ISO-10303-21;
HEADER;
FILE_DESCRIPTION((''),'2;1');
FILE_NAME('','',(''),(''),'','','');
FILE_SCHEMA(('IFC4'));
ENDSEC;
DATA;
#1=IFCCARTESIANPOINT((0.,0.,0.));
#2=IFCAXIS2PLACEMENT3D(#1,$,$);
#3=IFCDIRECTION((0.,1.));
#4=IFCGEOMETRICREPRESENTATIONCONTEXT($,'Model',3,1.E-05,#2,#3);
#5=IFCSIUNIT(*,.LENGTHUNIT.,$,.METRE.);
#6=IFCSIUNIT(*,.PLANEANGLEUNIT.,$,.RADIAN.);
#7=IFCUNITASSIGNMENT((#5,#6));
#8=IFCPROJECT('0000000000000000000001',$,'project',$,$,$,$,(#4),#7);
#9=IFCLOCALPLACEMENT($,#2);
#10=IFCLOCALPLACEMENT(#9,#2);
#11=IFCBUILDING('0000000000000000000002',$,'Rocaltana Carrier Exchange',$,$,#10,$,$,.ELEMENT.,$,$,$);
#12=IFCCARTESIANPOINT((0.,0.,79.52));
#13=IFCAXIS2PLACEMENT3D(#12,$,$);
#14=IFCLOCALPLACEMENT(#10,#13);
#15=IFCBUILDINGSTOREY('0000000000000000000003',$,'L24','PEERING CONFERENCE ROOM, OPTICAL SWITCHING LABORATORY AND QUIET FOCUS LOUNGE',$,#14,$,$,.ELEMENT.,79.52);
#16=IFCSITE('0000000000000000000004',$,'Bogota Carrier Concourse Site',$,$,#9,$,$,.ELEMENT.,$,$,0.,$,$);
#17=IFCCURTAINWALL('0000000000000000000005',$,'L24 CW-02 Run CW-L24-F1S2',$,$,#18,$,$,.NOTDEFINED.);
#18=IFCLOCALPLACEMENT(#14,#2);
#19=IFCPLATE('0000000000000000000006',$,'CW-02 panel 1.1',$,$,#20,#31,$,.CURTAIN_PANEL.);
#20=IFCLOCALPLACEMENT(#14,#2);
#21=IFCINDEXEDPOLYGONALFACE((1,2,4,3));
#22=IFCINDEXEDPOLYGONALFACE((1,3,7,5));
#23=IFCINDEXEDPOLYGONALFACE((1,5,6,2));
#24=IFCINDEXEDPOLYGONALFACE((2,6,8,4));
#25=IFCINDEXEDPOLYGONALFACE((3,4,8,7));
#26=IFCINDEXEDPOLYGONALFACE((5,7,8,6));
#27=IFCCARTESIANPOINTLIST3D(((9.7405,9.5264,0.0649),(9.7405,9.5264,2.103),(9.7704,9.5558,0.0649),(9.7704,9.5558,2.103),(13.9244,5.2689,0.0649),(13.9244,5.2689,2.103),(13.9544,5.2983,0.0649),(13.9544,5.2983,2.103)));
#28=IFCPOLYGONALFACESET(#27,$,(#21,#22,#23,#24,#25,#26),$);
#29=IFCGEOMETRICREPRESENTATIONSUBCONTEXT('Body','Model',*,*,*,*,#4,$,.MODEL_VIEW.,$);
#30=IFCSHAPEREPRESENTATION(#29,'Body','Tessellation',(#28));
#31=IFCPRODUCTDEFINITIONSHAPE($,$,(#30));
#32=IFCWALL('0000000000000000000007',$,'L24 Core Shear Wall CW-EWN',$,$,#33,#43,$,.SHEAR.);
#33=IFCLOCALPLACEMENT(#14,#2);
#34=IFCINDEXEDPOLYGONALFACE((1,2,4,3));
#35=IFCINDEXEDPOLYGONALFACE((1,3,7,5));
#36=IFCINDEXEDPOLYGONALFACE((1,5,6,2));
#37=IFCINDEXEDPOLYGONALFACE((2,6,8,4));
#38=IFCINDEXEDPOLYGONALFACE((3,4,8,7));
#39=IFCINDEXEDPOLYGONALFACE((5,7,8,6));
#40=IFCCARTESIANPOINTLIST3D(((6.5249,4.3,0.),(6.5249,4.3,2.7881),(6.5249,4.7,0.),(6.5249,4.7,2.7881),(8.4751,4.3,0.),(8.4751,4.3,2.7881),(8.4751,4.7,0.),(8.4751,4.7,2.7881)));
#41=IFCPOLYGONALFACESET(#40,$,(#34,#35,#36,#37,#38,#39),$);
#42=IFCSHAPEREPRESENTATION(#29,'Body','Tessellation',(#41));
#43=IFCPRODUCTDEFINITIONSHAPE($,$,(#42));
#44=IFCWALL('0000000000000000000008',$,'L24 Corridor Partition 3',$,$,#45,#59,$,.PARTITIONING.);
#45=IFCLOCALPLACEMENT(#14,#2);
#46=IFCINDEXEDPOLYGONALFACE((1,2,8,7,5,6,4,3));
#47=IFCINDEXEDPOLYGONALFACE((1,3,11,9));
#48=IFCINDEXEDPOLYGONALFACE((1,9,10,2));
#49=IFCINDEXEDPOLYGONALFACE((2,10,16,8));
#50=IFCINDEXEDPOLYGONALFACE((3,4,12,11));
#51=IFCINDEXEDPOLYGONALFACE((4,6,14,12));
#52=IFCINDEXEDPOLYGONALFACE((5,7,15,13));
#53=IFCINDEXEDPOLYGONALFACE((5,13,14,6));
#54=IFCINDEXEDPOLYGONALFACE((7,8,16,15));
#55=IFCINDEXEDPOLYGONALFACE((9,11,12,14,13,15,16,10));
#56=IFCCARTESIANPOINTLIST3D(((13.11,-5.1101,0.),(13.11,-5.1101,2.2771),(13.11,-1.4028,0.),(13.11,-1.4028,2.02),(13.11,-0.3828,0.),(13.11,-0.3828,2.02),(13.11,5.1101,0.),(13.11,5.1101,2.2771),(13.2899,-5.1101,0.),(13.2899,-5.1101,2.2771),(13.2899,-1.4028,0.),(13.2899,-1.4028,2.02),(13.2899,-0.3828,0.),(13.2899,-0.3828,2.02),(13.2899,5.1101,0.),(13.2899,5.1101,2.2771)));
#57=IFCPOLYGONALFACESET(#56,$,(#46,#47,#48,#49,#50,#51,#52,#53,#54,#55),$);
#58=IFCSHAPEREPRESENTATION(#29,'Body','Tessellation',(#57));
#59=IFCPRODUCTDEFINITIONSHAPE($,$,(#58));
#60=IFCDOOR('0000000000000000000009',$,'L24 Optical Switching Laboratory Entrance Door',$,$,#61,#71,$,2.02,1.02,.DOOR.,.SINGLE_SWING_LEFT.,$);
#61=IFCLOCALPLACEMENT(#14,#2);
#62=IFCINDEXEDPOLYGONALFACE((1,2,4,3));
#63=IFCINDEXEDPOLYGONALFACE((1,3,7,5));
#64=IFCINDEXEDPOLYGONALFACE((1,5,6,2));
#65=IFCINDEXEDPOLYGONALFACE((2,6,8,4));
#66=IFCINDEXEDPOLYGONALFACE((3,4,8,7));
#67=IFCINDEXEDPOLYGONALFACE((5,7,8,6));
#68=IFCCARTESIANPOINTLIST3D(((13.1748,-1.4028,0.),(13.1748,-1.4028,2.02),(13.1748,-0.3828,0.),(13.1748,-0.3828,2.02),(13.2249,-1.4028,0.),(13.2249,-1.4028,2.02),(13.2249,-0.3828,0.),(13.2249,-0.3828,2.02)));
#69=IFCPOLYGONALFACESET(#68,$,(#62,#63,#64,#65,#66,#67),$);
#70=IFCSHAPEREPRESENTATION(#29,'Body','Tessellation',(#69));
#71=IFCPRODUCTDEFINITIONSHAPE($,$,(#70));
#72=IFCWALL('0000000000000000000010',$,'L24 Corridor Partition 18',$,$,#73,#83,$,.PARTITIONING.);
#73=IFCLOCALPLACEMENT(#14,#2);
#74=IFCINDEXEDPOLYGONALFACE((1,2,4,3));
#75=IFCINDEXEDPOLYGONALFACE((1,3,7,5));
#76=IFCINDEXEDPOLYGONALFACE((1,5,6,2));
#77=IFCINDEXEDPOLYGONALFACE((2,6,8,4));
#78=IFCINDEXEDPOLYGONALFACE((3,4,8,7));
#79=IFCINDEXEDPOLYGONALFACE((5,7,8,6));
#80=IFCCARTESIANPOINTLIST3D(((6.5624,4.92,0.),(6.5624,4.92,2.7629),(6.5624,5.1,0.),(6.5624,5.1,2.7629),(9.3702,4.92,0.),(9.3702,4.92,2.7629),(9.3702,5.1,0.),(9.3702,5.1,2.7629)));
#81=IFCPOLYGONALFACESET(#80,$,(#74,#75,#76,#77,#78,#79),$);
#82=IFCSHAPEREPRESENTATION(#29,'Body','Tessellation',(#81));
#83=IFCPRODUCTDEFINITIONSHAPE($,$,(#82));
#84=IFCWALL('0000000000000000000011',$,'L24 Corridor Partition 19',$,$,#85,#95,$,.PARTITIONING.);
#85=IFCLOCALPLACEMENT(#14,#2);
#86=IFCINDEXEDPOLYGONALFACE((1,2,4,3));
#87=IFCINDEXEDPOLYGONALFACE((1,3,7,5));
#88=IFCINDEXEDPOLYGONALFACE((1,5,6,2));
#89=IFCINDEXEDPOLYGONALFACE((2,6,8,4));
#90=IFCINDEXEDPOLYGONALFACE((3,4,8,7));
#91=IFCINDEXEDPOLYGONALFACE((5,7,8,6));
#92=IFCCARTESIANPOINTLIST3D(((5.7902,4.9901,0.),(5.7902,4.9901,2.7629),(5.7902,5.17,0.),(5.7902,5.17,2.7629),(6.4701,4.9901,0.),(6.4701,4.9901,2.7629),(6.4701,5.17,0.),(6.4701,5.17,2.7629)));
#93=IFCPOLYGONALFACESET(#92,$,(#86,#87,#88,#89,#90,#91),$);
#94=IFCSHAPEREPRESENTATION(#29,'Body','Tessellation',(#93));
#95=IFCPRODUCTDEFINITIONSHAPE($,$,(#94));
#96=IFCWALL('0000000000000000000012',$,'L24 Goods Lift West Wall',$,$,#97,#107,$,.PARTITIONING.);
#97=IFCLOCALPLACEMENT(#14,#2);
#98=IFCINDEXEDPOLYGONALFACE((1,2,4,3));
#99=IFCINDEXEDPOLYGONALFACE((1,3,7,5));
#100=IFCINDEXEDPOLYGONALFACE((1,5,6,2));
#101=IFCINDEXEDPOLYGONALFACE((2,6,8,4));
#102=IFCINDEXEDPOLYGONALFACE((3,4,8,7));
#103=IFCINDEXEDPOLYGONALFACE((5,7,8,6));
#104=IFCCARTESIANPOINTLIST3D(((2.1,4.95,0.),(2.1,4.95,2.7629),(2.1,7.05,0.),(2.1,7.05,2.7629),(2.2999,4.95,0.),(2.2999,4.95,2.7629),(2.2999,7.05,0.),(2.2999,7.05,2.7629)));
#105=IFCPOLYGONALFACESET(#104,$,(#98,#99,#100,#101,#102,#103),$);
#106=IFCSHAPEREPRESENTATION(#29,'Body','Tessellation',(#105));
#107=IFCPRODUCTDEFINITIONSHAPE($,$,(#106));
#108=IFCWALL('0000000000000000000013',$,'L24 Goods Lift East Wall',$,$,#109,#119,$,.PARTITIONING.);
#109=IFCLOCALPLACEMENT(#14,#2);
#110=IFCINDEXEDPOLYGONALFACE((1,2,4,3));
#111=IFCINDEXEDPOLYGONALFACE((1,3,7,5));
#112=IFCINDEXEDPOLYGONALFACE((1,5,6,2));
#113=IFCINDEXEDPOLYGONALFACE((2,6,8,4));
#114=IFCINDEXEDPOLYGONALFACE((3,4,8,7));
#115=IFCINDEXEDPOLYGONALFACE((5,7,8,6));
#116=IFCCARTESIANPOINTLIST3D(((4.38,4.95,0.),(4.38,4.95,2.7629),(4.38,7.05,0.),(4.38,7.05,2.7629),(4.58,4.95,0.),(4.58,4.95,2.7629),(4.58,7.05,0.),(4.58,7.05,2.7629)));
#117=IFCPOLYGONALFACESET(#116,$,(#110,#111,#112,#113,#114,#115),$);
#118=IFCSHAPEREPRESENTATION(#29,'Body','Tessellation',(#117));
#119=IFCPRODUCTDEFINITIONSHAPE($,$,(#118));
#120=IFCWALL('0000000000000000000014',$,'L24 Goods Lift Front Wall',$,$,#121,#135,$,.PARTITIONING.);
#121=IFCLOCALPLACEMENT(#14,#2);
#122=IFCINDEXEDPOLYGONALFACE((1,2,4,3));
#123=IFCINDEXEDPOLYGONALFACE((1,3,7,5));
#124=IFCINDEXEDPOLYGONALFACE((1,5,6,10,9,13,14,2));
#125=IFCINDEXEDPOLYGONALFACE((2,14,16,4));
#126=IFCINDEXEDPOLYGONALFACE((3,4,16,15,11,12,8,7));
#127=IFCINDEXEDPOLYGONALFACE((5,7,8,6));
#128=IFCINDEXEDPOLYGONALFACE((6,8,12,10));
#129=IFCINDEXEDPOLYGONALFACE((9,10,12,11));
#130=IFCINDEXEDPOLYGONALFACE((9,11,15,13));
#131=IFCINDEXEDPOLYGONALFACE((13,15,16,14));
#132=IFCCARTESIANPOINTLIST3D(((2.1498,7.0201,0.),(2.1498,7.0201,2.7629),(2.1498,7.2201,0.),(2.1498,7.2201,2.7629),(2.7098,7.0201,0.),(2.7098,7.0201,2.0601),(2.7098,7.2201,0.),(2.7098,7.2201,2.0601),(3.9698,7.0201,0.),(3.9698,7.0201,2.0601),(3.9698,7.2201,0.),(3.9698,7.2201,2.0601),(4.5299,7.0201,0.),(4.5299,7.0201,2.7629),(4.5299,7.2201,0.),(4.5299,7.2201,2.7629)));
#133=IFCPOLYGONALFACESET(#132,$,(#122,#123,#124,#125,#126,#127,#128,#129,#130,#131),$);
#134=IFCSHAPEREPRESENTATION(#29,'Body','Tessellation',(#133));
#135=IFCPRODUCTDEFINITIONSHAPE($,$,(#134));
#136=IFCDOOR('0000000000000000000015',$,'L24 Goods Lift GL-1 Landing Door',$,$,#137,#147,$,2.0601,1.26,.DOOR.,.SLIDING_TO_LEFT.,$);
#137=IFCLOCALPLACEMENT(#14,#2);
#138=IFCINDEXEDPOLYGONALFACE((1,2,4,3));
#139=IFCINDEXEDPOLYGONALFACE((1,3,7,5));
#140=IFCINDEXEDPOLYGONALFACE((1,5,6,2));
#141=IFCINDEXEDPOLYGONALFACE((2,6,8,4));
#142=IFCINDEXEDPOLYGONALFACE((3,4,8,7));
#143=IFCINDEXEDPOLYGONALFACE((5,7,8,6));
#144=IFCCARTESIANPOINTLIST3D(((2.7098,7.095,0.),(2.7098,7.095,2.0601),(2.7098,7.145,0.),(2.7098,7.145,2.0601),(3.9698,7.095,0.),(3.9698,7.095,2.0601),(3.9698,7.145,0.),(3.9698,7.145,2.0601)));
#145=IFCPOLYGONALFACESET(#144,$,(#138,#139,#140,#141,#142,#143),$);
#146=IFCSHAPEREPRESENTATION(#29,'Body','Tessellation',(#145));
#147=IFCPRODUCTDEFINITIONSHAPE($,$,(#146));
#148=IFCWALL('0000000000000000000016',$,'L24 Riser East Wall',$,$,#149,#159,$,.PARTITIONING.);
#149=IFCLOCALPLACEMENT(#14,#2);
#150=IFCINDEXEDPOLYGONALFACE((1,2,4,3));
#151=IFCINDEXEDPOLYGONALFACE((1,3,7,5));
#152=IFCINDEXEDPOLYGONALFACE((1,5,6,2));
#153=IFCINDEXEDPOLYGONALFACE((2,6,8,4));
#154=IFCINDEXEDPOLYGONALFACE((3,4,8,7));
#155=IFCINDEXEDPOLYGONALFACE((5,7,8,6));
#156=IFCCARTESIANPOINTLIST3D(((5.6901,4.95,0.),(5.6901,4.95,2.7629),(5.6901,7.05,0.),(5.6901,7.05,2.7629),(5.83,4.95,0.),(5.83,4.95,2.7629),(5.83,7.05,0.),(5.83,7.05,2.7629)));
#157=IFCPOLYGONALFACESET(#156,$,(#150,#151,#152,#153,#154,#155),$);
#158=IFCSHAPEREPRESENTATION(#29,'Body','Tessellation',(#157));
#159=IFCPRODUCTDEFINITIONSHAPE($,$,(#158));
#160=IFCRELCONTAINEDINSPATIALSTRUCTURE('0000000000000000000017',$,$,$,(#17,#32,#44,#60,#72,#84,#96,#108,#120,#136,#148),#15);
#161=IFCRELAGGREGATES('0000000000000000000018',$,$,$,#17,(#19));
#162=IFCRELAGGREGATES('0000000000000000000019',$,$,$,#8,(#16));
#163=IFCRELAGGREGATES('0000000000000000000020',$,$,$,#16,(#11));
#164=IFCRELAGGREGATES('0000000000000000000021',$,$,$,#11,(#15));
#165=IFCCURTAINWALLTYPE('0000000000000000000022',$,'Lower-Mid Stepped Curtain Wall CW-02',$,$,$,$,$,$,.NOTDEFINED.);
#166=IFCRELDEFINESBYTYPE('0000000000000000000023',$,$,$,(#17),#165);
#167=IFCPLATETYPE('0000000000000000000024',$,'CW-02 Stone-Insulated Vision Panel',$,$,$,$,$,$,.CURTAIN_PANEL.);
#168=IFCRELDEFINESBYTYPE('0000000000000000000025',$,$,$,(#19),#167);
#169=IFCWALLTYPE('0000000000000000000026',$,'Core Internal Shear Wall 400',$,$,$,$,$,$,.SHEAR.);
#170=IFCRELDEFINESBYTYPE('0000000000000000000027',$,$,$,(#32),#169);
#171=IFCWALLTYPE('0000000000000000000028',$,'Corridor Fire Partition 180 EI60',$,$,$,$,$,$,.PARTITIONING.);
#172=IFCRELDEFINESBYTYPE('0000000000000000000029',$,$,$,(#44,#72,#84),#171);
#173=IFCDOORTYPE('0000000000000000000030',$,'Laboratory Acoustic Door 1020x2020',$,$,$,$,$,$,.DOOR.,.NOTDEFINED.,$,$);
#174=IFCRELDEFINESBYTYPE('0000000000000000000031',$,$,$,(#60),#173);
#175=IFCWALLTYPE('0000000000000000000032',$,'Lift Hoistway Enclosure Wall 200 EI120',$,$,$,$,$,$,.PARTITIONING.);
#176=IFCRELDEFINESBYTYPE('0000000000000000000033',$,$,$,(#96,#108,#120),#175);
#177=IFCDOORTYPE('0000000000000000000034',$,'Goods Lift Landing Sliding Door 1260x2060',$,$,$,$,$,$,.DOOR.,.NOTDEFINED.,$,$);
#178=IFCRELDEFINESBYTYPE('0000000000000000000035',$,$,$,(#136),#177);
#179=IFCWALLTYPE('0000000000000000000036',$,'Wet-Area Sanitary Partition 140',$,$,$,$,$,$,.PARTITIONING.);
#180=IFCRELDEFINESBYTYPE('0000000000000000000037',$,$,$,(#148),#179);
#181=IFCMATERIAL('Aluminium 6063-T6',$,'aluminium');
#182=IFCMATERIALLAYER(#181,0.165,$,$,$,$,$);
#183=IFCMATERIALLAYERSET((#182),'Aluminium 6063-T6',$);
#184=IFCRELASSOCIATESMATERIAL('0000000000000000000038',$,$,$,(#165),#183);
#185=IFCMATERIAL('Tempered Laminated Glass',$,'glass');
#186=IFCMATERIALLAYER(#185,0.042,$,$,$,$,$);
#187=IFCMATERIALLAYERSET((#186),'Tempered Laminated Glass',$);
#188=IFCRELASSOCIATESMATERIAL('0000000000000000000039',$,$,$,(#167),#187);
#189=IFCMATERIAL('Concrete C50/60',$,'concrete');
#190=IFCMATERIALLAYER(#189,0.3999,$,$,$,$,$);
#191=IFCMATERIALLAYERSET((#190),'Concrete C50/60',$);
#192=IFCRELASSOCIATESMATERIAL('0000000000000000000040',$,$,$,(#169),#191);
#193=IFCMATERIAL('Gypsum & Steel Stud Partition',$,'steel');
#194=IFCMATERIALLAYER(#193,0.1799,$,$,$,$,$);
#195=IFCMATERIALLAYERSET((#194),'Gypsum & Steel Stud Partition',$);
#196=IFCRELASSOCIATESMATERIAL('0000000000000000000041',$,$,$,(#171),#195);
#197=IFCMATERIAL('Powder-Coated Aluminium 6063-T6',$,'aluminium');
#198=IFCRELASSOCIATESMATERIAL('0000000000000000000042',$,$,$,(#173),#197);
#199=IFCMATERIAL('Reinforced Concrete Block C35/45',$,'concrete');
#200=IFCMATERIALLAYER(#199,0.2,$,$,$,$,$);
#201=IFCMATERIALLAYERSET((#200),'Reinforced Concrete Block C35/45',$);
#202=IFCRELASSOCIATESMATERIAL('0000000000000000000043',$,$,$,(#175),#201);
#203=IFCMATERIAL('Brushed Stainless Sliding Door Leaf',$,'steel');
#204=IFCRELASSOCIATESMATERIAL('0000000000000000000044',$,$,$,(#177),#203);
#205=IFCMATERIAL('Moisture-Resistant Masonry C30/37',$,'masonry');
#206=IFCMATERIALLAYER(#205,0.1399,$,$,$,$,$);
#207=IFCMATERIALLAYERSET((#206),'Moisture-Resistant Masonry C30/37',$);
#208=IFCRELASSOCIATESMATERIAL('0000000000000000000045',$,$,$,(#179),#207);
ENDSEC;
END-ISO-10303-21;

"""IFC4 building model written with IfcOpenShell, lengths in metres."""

from ifc_helpers import new_model, si_unit, direction, frame, frame_2d, origin, origin_2d, place, context, subcontext, project, spatial, rectangle, extrude, material, layer, layer_set, type_object, element, fill, aggregate, save


model = new_model("IFC4")

# Units and contexts
model_context = context("Model", 3, precision=1e-05, world=origin(), true_north=direction((0.0, 1.0)))
body_context = subcontext(model_context, "Body", "Model", "MODEL_VIEW")
ifc_project = project(units=[si_unit("LENGTHUNIT", "METRE"), si_unit("PLANEANGLEUNIT", "RADIAN")], contexts=[model_context])

# Site, building, storey
site_placement = place(None, origin())
site = spatial("IfcSite", under=ifc_project, at=site_placement, Name="Bogota Carrier Concourse Site", CompositionType="ELEMENT", RefElevation=0.0)
building_placement = place(site_placement, origin())
building = spatial("IfcBuilding", under=site, at=building_placement, Name="Rocaltana Carrier Exchange", CompositionType="ELEMENT")
storey_placement = place(building_placement, frame((0.0, 0.0, 79.52)))
storey = spatial("IfcBuildingStorey", under=building, at=storey_placement, Name="L24", Description="PEERING CONFERENCE ROOM, OPTICAL SWITCHING LABORATORY AND QUIET FOCUS LOUNGE", CompositionType="ELEMENT", Elevation=79.52)

# Curtain wall
ifc_material_1 = material(Name="Aluminium 6063-T6", Category="aluminium")
ifc_layer_1 = layer(ifc_material_1, 0.165)
ifc_layer_set_1 = layer_set([ifc_layer_1], Name="Aluminium 6063-T6")
curtain_wall_type = type_object("IfcCurtainWallType", Name="Lower-Mid Stepped Curtain Wall CW-02", PredefinedType="NOTDEFINED", material=ifc_layer_set_1)
curtain_wall_placement = place(storey_placement, origin())
curtain_wall = element("IfcCurtainWall", 1, at=curtain_wall_placement, inside=storey, type_object=curtain_wall_type, Name="L24 CW-02 Run CW-L24-F1S2", PredefinedType="NOTDEFINED")

# Plate
ifc_material_2 = material(Name="Tempered Laminated Glass", Category="glass")
ifc_layer_2 = layer(ifc_material_2, 0.042)
ifc_layer_set_2 = layer_set([ifc_layer_2], Name="Tempered Laminated Glass")
plate_type = type_object("IfcPlateType", Name="CW-02 Stone-Insulated Vision Panel", PredefinedType="CURTAIN_PANEL", material=ifc_layer_set_2)
plate_placement = place(storey_placement, frame((11.8474, 7.4124, 0.0649), z_axis=(0.0, 0.0, 1.0), x_axis=(-0.700915, 0.713245, 0.0)))
plate = element("IfcPlate", 2, at=plate_placement, type_object=plate_type, Name="CW-02 panel 1.1", PredefinedType="CURTAIN_PANEL", context=body_context, shape_type="SweptSolid", body=[
    extrude(rectangle(XDim=5.9692, YDim=0.042, at=origin_2d()), origin(), (0.0, 0.0, 1.0), 2.0381),
])
aggregate(curtain_wall, [plate])

# Wall
ifc_material_3 = material(Name="Concrete C50/60", Category="concrete")
ifc_layer_3 = layer(ifc_material_3, 0.3999)
ifc_layer_set_3 = layer_set([ifc_layer_3], Name="Concrete C50/60")
wall_type_1 = type_object("IfcWallType", Name="Core Internal Shear Wall 400", PredefinedType="SHEAR", material=ifc_layer_set_3)
wall_1_placement = place(storey_placement, frame((6.5249, 4.5, 0.0), z_axis=(0.0, 0.0, 1.0), x_axis=(1.0, 0.0, 0.0)))
element("IfcWall", 3, at=wall_1_placement, inside=storey, type_object=wall_type_1, Name="L24 Core Shear Wall CW-EWN", PredefinedType="SHEAR", context=body_context, shape_type="SweptSolid", body=[
    extrude(rectangle(XDim=1.9502, YDim=0.3999, at=frame_2d((0.9751, 0.0))), origin(), (0.0, 0.0, 1.0), 2.7881),
])

# Wall, opening, door
ifc_material_4 = material(Name="Gypsum & Steel Stud Partition", Category="steel")
ifc_layer_4 = layer(ifc_material_4, 0.1799)
ifc_layer_set_4 = layer_set([ifc_layer_4], Name="Gypsum & Steel Stud Partition")
wall_type_2 = type_object("IfcWallType", Name="Corridor Fire Partition 180 EI60", PredefinedType="PARTITIONING", material=ifc_layer_set_4)
wall_2_placement = place(storey_placement, frame((13.2, 5.1101, 0.0), z_axis=(0.0, 0.0, 1.0), x_axis=(0.0, -1.0, 0.0)))
wall_2 = element("IfcWall", 4, at=wall_2_placement, inside=storey, type_object=wall_type_2, Name="L24 Corridor Partition 3", PredefinedType="PARTITIONING", context=body_context, shape_type="SweptSolid", body=[
    extrude(rectangle(XDim=10.2202, YDim=0.1799, at=frame_2d((5.1101, 0.0))), origin(), (0.0, 0.0, 1.0), 2.2771),
])
opening_1_placement = place(wall_2_placement, frame((5.4929, 0.0, 0.0)))
opening_1 = element("IfcOpeningElement", 5, at=opening_1_placement, cuts=wall_2, PredefinedType="OPENING", context=body_context, shape_type="SweptSolid", body=[
    extrude(rectangle(XDim=1.02, YDim=2.02, at=frame_2d((0.51, 1.01))), frame((0.0, 0.0999, 0.0), z_axis=(0.0, -1.0, 0.0), x_axis=(1.0, 0.0, 0.0)), (0.0, 0.0, 1.0), 0.2),
])
ifc_material_5 = material(Name="Powder-Coated Aluminium 6063-T6", Category="aluminium")
door_type_1 = type_object("IfcDoorType", Name="Laboratory Acoustic Door 1020x2020", OperationType="NOTDEFINED", PredefinedType="DOOR", material=ifc_material_5)
door_1_placement = place(opening_1_placement, origin())
door_1 = element("IfcDoor", 6, at=door_1_placement, inside=storey, type_object=door_type_1, Name="L24 Optical Switching Laboratory Entrance Door", OperationType="SINGLE_SWING_LEFT", OverallHeight=2.02, OverallWidth=1.02, PredefinedType="DOOR", context=body_context, shape_type="SweptSolid", body=[
    extrude(rectangle(XDim=1.02, YDim=2.02, at=frame_2d((0.51, 1.01))), frame((0.0, 0.0249, 0.0), z_axis=(0.0, -1.0, 0.0), x_axis=(1.0, 0.0, 0.0)), (0.0, 0.0, 1.0), 0.05),
])
fill(opening_1, door_1)

# Walls
wall_3_placement = place(storey_placement, frame((9.3701, 5.01, 0.0), z_axis=(0.0, 0.0, 1.0), x_axis=(-1.0, 0.0, 0.0)))
element("IfcWall", 7, at=wall_3_placement, inside=storey, type_object=wall_type_2, Name="L24 Corridor Partition 18", PredefinedType="PARTITIONING", context=body_context, shape_type="SweptSolid", body=[
    extrude(rectangle(XDim=2.8079, YDim=0.1799, at=frame_2d((1.4038, 0.0))), origin(), (0.0, 0.0, 1.0), 2.7629),
])
wall_4_placement = place(storey_placement, frame((6.47, 5.0801, 0.0), z_axis=(0.0, 0.0, 1.0), x_axis=(-1.0, 0.0, 0.0)))
element("IfcWall", 8, at=wall_4_placement, inside=storey, type_object=wall_type_2, Name="L24 Corridor Partition 19", PredefinedType="PARTITIONING", context=body_context, shape_type="SweptSolid", body=[
    extrude(rectangle(XDim=0.6799, YDim=0.1799, at=frame_2d((0.3398, 0.0))), origin(), (0.0, 0.0, 1.0), 2.7629),
])
ifc_material_6 = material(Name="Reinforced Concrete Block C35/45", Category="concrete")
ifc_layer_5 = layer(ifc_material_6, 0.2)
ifc_layer_set_5 = layer_set([ifc_layer_5], Name="Reinforced Concrete Block C35/45")
wall_type_3 = type_object("IfcWallType", Name="Lift Hoistway Enclosure Wall 200 EI120", PredefinedType="PARTITIONING", material=ifc_layer_set_5)
for number, where, z_axis, x_axis, name in (
    (9, (2.2, 4.95, 0.0), (0.0, 0.0, 1.0), (0.0, 1.0, 0.0), "L24 Goods Lift West Wall"),
    (10, (4.48, 4.95, 0.0), (0.0, 0.0, 1.0), (0.0, 1.0, 0.0), "L24 Goods Lift East Wall"),
):
    element("IfcWall", number, at=place(storey_placement, frame(where, z_axis=z_axis, x_axis=x_axis)), inside=storey, type_object=wall_type_3, Name=name, PredefinedType="PARTITIONING", context=body_context, shape_type="SweptSolid", body=[
        extrude(rectangle(XDim=2.1001, YDim=0.2, at=frame_2d((1.05, 0.0))), origin(), (0.0, 0.0, 1.0), 2.7629),
    ])

# Wall, opening, door
wall_5_placement = place(storey_placement, frame((2.1499, 7.1201, 0.0), z_axis=(0.0, 0.0, 1.0), x_axis=(1.0, 0.0, 0.0)))
wall_5 = element("IfcWall", 11, at=wall_5_placement, inside=storey, type_object=wall_type_3, Name="L24 Goods Lift Front Wall", PredefinedType="PARTITIONING", context=body_context, shape_type="SweptSolid", body=[
    extrude(rectangle(XDim=2.3801, YDim=0.2, at=frame_2d((1.1899, 0.0))), origin(), (0.0, 0.0, 1.0), 2.7629),
])
opening_2_placement = place(wall_5_placement, frame((0.5601, 0.0, 0.0)))
opening_2 = element("IfcOpeningElement", 12, at=opening_2_placement, cuts=wall_5, PredefinedType="OPENING", context=body_context, shape_type="SweptSolid", body=[
    extrude(rectangle(XDim=1.26, YDim=2.0601, at=frame_2d((0.6299, 1.03))), frame((0.0, 0.1099, 0.0), z_axis=(0.0, -1.0, 0.0), x_axis=(1.0, 0.0, 0.0)), (0.0, 0.0, 1.0), 0.22),
])
ifc_material_7 = material(Name="Brushed Stainless Sliding Door Leaf", Category="steel")
door_type_2 = type_object("IfcDoorType", Name="Goods Lift Landing Sliding Door 1260x2060", OperationType="NOTDEFINED", PredefinedType="DOOR", material=ifc_material_7)
door_2_placement = place(opening_2_placement, origin())
door_2 = element("IfcDoor", 13, at=door_2_placement, inside=storey, type_object=door_type_2, Name="L24 Goods Lift GL-1 Landing Door", OperationType="SLIDING_TO_LEFT", OverallHeight=2.0601, OverallWidth=1.26, PredefinedType="DOOR", context=body_context, shape_type="SweptSolid", body=[
    extrude(rectangle(XDim=1.26, YDim=2.0601, at=frame_2d((0.6299, 1.03))), frame((0.0, 0.0249, 0.0), z_axis=(0.0, -1.0, 0.0), x_axis=(1.0, 0.0, 0.0)), (0.0, 0.0, 1.0), 0.05),
])
fill(opening_2, door_2)

# Wall
ifc_material_8 = material(Name="Moisture-Resistant Masonry C30/37", Category="masonry")
ifc_layer_6 = layer(ifc_material_8, 0.1399)
ifc_layer_set_6 = layer_set([ifc_layer_6], Name="Moisture-Resistant Masonry C30/37")
wall_type_4 = type_object("IfcWallType", Name="Wet-Area Sanitary Partition 140", PredefinedType="PARTITIONING", material=ifc_layer_set_6)
wall_6_placement = place(storey_placement, frame((5.76, 4.95, 0.0), z_axis=(0.0, 0.0, 1.0), x_axis=(0.0, 1.0, 0.0)))
element("IfcWall", 14, at=wall_6_placement, inside=storey, type_object=wall_type_4, Name="L24 Riser East Wall", PredefinedType="PARTITIONING", context=body_context, shape_type="SweptSolid", body=[
    extrude(rectangle(XDim=2.1001, YDim=0.1399, at=frame_2d((1.05, 0.0))), origin(), (0.0, 0.0, 1.0), 2.7629),
])

save(model, "model.ifc")
